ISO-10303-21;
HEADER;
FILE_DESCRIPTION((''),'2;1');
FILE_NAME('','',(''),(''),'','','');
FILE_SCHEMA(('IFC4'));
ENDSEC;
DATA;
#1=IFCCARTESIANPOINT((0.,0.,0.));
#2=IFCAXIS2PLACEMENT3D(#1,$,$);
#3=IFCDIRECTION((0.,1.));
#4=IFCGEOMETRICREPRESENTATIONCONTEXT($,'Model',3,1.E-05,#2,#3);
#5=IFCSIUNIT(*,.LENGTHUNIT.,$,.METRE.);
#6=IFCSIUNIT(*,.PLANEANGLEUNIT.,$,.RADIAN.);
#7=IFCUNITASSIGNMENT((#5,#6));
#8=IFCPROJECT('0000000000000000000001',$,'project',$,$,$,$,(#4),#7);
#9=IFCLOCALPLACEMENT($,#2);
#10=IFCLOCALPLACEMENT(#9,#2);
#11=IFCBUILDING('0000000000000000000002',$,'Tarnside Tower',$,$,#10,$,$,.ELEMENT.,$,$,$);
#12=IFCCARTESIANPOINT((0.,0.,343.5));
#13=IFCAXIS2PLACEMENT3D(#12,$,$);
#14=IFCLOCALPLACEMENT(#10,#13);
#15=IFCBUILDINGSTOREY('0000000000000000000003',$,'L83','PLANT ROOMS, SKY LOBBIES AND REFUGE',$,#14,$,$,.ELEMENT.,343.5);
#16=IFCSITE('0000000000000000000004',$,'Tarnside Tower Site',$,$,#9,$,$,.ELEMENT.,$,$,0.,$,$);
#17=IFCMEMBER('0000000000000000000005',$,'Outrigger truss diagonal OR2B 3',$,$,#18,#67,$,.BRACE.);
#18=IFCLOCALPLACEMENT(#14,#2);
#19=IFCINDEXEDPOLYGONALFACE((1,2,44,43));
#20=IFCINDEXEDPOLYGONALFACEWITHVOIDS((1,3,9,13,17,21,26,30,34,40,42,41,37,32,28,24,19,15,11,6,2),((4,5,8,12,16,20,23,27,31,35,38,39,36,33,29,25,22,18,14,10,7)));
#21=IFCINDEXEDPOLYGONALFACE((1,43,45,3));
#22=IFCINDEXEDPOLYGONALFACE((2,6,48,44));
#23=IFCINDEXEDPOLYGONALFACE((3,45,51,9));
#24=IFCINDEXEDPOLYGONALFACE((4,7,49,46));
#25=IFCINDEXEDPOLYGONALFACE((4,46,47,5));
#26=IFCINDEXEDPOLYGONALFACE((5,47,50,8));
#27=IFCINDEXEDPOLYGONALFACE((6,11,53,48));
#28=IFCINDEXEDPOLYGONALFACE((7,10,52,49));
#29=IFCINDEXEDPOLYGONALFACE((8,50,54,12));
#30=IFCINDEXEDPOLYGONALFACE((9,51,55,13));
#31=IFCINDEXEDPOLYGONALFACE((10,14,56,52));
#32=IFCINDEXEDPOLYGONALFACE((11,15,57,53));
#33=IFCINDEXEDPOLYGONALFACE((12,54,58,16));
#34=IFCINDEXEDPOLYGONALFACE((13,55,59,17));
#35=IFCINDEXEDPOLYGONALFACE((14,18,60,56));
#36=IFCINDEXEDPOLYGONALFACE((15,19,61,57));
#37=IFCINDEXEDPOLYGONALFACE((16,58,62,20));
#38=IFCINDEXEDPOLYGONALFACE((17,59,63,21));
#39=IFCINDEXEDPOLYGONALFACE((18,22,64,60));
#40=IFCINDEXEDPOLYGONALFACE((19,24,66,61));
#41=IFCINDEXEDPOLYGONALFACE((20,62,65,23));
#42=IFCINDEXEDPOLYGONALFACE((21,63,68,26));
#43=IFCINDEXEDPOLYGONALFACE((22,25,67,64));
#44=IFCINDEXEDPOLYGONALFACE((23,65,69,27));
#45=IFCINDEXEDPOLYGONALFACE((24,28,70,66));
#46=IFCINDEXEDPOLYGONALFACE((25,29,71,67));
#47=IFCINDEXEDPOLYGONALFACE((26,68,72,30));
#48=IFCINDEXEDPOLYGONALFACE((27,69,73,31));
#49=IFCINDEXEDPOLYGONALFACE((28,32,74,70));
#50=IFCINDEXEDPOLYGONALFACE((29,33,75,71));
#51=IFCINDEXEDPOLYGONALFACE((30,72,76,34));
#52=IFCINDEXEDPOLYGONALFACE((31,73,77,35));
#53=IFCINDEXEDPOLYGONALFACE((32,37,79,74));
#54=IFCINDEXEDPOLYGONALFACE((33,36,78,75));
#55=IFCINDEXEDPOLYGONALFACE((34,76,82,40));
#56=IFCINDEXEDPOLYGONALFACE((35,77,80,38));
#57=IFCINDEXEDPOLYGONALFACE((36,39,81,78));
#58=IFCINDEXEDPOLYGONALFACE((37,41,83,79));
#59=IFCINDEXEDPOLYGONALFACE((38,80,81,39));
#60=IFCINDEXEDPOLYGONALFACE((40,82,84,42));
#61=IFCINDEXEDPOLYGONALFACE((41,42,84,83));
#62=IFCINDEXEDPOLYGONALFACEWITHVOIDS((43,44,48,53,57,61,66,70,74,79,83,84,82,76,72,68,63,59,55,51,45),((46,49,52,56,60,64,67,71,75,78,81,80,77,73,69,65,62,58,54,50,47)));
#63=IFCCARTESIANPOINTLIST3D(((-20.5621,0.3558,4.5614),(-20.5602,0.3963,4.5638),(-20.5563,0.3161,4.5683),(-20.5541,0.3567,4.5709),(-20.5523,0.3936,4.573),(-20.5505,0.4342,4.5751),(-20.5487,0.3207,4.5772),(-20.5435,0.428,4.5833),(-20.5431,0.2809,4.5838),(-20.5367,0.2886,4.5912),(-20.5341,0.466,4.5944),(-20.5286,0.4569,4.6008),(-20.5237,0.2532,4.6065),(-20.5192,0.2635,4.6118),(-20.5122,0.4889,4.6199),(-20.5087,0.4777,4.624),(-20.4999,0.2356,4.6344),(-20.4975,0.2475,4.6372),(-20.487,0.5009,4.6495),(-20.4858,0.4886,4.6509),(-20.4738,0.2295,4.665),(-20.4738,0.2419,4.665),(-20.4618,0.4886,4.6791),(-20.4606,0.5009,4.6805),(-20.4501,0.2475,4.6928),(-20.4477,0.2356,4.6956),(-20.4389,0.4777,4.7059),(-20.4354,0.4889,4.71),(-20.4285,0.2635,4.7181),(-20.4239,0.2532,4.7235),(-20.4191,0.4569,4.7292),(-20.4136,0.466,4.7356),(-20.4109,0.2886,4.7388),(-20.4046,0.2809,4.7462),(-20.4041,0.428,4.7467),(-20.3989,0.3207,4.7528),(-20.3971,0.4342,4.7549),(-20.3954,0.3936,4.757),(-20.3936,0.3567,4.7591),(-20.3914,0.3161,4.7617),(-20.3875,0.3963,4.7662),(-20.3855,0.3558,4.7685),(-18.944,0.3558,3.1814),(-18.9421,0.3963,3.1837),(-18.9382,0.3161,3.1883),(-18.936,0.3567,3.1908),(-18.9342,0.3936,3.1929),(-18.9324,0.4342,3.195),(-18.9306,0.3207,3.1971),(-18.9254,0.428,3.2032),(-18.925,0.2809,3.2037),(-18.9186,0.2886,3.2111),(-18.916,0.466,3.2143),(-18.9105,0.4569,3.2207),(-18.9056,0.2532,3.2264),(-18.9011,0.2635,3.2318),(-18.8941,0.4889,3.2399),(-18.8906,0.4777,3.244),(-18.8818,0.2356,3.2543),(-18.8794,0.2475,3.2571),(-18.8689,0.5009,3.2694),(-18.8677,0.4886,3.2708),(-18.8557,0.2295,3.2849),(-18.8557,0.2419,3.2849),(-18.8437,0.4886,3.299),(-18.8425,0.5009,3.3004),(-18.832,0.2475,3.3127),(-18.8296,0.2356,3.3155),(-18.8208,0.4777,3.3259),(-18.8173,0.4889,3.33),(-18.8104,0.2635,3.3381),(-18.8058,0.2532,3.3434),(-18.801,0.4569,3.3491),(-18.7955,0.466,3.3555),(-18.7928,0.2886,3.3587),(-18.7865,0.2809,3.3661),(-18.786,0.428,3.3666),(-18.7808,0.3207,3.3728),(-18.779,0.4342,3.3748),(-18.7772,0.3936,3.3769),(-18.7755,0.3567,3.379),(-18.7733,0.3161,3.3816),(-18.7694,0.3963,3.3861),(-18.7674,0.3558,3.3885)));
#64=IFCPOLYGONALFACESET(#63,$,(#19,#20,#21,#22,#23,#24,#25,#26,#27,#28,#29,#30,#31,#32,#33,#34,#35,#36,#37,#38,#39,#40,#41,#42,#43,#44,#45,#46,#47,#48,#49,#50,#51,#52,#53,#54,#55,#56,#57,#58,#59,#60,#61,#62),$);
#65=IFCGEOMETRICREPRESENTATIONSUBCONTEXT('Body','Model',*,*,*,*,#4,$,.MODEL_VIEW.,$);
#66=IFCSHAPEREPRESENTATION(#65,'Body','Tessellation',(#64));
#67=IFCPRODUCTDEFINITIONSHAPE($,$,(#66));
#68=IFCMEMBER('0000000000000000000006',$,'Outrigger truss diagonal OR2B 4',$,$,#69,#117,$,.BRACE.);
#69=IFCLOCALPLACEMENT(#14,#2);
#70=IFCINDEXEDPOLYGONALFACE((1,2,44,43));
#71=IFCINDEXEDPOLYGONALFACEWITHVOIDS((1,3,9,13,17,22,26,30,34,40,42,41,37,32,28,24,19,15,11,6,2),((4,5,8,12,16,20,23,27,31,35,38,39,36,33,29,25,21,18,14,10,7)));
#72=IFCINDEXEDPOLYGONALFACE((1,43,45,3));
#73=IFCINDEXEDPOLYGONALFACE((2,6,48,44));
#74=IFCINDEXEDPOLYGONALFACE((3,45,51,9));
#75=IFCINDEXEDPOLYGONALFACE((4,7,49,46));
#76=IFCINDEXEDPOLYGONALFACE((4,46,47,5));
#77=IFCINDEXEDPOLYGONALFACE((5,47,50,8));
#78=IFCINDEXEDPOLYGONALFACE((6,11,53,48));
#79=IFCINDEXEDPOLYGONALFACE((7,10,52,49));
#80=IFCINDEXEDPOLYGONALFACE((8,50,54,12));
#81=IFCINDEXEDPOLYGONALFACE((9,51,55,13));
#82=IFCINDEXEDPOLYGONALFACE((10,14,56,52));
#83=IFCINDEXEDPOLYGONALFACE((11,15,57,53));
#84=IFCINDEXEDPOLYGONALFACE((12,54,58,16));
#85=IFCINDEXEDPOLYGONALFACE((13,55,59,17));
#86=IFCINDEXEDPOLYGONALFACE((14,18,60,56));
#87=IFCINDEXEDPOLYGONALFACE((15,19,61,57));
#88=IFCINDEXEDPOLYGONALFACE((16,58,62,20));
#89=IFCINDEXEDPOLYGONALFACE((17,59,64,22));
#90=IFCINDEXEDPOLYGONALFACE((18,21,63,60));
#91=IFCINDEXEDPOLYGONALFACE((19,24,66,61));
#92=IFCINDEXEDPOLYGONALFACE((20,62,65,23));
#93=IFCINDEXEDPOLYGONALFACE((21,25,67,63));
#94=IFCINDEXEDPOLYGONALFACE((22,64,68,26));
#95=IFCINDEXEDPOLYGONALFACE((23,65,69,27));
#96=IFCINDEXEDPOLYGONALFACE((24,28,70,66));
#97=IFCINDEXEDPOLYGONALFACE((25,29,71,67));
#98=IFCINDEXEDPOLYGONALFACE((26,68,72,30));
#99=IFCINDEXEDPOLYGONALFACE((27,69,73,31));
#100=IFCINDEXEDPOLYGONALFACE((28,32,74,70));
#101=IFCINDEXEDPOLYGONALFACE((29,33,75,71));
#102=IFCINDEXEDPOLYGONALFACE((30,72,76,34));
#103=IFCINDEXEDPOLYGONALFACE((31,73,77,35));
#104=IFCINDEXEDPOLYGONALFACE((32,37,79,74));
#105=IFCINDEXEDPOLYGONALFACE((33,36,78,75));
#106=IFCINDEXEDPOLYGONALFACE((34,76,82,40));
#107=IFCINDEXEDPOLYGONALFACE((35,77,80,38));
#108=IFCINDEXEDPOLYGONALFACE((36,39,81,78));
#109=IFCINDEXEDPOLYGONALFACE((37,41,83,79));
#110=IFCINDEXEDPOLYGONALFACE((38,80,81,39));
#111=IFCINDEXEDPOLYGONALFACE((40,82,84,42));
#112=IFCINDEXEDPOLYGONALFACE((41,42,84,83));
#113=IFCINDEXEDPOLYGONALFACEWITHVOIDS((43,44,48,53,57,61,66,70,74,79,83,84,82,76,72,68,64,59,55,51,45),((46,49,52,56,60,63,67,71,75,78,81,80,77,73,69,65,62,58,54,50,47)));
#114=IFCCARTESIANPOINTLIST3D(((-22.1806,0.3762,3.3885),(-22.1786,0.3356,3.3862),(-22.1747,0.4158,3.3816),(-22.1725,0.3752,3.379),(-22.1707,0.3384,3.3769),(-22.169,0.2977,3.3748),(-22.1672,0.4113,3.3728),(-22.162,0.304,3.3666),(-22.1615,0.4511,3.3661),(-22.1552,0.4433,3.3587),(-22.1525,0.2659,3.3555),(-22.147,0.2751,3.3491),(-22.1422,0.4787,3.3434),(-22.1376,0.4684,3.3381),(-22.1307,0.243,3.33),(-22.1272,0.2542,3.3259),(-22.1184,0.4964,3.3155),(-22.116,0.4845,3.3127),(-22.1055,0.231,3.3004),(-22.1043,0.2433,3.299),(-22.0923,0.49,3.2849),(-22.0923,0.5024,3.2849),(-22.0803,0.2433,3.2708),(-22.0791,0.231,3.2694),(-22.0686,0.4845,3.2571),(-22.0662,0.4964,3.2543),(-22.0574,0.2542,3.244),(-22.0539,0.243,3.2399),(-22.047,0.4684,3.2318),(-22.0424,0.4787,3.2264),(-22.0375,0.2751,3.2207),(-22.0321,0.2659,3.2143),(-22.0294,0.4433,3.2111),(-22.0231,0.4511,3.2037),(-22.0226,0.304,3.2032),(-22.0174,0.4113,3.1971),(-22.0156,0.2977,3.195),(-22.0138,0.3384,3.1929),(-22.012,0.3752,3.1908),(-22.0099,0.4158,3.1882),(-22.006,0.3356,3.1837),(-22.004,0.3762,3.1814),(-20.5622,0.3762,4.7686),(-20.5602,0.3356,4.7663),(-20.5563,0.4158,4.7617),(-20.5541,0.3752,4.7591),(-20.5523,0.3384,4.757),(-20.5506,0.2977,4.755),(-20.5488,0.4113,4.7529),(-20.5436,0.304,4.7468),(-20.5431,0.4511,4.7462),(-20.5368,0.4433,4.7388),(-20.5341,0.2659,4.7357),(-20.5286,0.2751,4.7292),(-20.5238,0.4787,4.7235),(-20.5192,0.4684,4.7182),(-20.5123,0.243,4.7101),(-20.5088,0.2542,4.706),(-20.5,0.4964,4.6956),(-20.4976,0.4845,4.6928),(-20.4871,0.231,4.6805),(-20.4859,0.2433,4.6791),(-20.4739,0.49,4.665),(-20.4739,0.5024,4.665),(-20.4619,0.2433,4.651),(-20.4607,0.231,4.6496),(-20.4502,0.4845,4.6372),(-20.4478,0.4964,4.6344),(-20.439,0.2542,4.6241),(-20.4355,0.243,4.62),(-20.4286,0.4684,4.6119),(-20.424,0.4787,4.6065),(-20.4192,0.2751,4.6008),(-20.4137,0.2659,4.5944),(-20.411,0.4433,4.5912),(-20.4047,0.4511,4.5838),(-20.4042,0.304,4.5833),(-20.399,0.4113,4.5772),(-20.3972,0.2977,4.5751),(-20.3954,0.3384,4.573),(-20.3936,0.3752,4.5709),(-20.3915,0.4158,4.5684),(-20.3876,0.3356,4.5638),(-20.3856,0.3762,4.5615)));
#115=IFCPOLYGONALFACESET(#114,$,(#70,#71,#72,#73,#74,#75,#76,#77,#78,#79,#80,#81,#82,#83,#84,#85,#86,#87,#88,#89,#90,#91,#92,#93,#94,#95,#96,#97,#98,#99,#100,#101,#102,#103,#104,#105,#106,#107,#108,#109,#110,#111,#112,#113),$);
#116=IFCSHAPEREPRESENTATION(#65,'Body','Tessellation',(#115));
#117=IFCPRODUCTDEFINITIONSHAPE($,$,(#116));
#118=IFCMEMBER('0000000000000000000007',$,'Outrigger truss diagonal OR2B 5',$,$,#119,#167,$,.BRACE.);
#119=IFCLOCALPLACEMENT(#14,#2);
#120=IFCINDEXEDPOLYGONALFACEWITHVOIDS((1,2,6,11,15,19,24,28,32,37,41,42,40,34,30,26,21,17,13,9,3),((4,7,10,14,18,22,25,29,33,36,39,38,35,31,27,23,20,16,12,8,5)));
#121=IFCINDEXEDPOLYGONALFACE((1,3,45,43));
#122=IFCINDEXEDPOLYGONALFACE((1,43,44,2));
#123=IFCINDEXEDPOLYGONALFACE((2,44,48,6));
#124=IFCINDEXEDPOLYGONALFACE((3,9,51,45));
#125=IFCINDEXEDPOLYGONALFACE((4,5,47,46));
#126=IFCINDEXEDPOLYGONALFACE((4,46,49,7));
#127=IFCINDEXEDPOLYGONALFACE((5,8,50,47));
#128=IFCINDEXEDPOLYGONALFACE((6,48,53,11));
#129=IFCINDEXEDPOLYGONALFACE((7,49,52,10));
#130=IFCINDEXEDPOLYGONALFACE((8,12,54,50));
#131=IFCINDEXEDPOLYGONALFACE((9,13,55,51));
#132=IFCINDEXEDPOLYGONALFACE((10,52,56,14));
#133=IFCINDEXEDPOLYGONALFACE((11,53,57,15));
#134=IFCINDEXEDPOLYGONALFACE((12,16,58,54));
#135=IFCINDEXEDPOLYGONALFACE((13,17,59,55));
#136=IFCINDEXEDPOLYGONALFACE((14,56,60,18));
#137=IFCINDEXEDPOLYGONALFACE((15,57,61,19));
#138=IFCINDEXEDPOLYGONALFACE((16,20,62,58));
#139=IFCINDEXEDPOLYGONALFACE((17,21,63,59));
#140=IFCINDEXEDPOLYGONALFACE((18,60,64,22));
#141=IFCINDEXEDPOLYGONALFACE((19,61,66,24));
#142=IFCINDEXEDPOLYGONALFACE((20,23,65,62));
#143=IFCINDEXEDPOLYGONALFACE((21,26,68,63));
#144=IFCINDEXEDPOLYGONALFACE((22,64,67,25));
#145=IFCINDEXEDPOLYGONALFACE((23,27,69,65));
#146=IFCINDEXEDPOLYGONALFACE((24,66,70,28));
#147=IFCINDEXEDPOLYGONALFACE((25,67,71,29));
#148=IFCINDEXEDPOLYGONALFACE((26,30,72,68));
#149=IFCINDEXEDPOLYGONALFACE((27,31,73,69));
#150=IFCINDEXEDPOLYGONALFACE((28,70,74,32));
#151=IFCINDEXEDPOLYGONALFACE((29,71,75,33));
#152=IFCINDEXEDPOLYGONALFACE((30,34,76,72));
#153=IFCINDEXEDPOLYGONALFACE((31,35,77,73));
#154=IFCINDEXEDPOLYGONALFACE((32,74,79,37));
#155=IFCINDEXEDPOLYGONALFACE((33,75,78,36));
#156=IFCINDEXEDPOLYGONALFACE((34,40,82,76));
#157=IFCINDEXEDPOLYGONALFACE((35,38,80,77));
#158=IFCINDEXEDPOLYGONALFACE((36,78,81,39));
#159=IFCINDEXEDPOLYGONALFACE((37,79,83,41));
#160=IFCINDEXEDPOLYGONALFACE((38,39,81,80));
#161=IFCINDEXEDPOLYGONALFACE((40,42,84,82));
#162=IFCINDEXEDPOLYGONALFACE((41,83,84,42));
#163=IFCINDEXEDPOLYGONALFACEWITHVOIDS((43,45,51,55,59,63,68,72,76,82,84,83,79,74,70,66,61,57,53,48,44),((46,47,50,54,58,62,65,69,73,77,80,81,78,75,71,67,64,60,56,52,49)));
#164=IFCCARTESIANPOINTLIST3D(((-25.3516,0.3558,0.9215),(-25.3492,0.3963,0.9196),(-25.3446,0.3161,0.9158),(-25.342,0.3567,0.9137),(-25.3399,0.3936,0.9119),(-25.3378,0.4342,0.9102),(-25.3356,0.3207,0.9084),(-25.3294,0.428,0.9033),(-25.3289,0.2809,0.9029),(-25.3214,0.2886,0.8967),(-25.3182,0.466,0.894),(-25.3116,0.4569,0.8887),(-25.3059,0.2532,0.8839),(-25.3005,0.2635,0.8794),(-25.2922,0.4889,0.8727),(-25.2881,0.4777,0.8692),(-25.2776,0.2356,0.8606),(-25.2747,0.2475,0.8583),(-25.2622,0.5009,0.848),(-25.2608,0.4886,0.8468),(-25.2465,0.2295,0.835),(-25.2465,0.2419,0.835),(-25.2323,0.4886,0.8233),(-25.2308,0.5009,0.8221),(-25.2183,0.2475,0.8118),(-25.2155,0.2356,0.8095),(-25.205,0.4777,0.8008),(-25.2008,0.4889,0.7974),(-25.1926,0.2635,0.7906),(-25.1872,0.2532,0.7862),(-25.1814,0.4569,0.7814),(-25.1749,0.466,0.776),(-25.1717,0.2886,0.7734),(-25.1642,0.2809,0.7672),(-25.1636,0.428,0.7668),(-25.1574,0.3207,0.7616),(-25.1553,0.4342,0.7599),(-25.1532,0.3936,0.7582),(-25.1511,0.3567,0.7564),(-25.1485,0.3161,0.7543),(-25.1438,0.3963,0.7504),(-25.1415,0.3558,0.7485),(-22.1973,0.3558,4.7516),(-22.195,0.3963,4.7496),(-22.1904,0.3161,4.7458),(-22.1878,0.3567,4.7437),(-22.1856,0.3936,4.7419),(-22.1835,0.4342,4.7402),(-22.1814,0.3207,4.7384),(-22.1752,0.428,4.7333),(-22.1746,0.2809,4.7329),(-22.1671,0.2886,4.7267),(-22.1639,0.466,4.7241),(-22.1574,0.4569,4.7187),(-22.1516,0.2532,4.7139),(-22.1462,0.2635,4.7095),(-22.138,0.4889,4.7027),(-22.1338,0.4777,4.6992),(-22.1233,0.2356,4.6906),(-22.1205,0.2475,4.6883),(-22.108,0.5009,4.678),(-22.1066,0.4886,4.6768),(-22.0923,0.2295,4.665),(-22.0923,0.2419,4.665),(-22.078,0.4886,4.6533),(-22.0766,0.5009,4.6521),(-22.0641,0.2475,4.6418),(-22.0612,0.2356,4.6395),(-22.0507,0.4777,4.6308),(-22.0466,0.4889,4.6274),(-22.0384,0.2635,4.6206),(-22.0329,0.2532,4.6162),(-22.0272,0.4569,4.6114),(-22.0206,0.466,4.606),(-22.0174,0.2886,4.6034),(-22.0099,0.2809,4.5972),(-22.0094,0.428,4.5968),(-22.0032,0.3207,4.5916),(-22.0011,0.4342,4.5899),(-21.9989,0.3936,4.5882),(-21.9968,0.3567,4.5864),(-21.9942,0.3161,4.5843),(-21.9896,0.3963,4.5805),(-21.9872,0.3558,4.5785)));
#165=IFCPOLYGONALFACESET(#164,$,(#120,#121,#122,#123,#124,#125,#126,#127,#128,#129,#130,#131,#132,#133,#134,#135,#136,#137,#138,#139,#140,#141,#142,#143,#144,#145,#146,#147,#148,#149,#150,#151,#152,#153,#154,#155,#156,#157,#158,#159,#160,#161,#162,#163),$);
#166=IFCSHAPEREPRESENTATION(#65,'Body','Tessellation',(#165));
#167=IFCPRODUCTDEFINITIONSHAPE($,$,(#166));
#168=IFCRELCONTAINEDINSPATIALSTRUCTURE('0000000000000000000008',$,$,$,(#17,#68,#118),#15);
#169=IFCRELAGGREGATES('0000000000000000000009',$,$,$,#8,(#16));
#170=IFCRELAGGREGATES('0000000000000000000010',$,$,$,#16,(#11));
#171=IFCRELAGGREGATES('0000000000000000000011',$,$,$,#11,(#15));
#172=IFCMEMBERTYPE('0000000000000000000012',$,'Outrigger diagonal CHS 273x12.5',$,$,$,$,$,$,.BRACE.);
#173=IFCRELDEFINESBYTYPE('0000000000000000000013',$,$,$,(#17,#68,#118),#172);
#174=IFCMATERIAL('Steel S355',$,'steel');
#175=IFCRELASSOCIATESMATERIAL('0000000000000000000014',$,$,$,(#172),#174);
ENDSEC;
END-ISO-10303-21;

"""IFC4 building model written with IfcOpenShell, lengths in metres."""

from ifc_helpers import new_model, si_unit, direction, frame, origin, origin_2d, place, context, subcontext, project, spatial, hollow_circle, extrude, material, material_profile, profile_set, type_object, element, save


model = new_model("IFC4")

# Units and contexts
model_context = context("Model", 3, precision=1e-05, world=origin(), true_north=direction((0.0, 1.0)))
body_context = subcontext(model_context, "Body", "Model", "MODEL_VIEW")
ifc_project = project(units=[si_unit("LENGTHUNIT", "METRE"), si_unit("PLANEANGLEUNIT", "RADIAN")], contexts=[model_context])

# Site, building, storey
site_placement = place(None, origin())
site = spatial("IfcSite", under=ifc_project, at=site_placement, Name="Tarnside Tower Site", CompositionType="ELEMENT", RefElevation=0.0)
building_placement = place(site_placement, origin())
building = spatial("IfcBuilding", under=site, at=building_placement, Name="Tarnside Tower", CompositionType="ELEMENT")
storey_placement = place(building_placement, frame((0.0, 0.0, 343.5)))
storey = spatial("IfcBuildingStorey", under=building, at=storey_placement, Name="L83", Description="PLANT ROOMS, SKY LOBBIES AND REFUGE", CompositionType="ELEMENT", Elevation=343.5)

# Members
ifc_material_1 = material(Name="Steel S355", Category="steel")
ifc_material_profile_1 = material_profile(ifc_material_1, hollow_circle(Radius=0.1365, WallThickness=0.0125, at=origin_2d()), Name="CHS 273x12.5")
ifc_profile_set_1 = profile_set([ifc_material_profile_1], Name="Steel S355")
member_type_1 = type_object("IfcMemberType", Name="Outrigger diagonal CHS 273x12.5", PredefinedType="BRACE", material=ifc_profile_set_1)
member_1_placement = place(storey_placement, frame((-18.8557, 0.366, 3.2849), z_axis=(-0.760851, 0.0, 0.648927), x_axis=(0.0, -1.0, 0.0)))
element("IfcMember", 1, at=member_1_placement, inside=storey, type_object=member_type_1, Name="Outrigger truss diagonal OR2B 3", PredefinedType="BRACE", context=body_context, shape_type="SweptSolid", body=[
    extrude(hollow_circle(Radius=0.1365, WallThickness=0.0125, at=origin_2d()), origin(), (0.0, 0.0, 1.0), 2.1267),
])
member_2_placement = place(storey_placement, frame((-22.0923, 0.366, 3.2849), z_axis=(0.760899, 0.0, 0.64887), x_axis=(0.0, 1.0, 0.0)))
element("IfcMember", 2, at=member_2_placement, inside=storey, type_object=member_type_1, Name="Outrigger truss diagonal OR2B 4", PredefinedType="BRACE", context=body_context, shape_type="SweptSolid", body=[
    extrude(hollow_circle(Radius=0.1365, WallThickness=0.0125, at=origin_2d()), origin(), (0.0, 0.0, 1.0), 2.127),
])
member_3_placement = place(storey_placement, frame((-22.0923, 0.366, 4.665), z_axis=(-0.635721, 0.0, -0.771919), x_axis=(0.0, -1.0, 0.0)))
element("IfcMember", 3, at=member_3_placement, inside=storey, type_object=member_type_1, Name="Outrigger truss diagonal OR2B 5", PredefinedType="BRACE", context=body_context, shape_type="SweptSolid", body=[
    extrude(hollow_circle(Radius=0.1365, WallThickness=0.0125, at=origin_2d()), origin(), (0.0, 0.0, 1.0), 4.9617),
])

save(model, "model.ifc")
